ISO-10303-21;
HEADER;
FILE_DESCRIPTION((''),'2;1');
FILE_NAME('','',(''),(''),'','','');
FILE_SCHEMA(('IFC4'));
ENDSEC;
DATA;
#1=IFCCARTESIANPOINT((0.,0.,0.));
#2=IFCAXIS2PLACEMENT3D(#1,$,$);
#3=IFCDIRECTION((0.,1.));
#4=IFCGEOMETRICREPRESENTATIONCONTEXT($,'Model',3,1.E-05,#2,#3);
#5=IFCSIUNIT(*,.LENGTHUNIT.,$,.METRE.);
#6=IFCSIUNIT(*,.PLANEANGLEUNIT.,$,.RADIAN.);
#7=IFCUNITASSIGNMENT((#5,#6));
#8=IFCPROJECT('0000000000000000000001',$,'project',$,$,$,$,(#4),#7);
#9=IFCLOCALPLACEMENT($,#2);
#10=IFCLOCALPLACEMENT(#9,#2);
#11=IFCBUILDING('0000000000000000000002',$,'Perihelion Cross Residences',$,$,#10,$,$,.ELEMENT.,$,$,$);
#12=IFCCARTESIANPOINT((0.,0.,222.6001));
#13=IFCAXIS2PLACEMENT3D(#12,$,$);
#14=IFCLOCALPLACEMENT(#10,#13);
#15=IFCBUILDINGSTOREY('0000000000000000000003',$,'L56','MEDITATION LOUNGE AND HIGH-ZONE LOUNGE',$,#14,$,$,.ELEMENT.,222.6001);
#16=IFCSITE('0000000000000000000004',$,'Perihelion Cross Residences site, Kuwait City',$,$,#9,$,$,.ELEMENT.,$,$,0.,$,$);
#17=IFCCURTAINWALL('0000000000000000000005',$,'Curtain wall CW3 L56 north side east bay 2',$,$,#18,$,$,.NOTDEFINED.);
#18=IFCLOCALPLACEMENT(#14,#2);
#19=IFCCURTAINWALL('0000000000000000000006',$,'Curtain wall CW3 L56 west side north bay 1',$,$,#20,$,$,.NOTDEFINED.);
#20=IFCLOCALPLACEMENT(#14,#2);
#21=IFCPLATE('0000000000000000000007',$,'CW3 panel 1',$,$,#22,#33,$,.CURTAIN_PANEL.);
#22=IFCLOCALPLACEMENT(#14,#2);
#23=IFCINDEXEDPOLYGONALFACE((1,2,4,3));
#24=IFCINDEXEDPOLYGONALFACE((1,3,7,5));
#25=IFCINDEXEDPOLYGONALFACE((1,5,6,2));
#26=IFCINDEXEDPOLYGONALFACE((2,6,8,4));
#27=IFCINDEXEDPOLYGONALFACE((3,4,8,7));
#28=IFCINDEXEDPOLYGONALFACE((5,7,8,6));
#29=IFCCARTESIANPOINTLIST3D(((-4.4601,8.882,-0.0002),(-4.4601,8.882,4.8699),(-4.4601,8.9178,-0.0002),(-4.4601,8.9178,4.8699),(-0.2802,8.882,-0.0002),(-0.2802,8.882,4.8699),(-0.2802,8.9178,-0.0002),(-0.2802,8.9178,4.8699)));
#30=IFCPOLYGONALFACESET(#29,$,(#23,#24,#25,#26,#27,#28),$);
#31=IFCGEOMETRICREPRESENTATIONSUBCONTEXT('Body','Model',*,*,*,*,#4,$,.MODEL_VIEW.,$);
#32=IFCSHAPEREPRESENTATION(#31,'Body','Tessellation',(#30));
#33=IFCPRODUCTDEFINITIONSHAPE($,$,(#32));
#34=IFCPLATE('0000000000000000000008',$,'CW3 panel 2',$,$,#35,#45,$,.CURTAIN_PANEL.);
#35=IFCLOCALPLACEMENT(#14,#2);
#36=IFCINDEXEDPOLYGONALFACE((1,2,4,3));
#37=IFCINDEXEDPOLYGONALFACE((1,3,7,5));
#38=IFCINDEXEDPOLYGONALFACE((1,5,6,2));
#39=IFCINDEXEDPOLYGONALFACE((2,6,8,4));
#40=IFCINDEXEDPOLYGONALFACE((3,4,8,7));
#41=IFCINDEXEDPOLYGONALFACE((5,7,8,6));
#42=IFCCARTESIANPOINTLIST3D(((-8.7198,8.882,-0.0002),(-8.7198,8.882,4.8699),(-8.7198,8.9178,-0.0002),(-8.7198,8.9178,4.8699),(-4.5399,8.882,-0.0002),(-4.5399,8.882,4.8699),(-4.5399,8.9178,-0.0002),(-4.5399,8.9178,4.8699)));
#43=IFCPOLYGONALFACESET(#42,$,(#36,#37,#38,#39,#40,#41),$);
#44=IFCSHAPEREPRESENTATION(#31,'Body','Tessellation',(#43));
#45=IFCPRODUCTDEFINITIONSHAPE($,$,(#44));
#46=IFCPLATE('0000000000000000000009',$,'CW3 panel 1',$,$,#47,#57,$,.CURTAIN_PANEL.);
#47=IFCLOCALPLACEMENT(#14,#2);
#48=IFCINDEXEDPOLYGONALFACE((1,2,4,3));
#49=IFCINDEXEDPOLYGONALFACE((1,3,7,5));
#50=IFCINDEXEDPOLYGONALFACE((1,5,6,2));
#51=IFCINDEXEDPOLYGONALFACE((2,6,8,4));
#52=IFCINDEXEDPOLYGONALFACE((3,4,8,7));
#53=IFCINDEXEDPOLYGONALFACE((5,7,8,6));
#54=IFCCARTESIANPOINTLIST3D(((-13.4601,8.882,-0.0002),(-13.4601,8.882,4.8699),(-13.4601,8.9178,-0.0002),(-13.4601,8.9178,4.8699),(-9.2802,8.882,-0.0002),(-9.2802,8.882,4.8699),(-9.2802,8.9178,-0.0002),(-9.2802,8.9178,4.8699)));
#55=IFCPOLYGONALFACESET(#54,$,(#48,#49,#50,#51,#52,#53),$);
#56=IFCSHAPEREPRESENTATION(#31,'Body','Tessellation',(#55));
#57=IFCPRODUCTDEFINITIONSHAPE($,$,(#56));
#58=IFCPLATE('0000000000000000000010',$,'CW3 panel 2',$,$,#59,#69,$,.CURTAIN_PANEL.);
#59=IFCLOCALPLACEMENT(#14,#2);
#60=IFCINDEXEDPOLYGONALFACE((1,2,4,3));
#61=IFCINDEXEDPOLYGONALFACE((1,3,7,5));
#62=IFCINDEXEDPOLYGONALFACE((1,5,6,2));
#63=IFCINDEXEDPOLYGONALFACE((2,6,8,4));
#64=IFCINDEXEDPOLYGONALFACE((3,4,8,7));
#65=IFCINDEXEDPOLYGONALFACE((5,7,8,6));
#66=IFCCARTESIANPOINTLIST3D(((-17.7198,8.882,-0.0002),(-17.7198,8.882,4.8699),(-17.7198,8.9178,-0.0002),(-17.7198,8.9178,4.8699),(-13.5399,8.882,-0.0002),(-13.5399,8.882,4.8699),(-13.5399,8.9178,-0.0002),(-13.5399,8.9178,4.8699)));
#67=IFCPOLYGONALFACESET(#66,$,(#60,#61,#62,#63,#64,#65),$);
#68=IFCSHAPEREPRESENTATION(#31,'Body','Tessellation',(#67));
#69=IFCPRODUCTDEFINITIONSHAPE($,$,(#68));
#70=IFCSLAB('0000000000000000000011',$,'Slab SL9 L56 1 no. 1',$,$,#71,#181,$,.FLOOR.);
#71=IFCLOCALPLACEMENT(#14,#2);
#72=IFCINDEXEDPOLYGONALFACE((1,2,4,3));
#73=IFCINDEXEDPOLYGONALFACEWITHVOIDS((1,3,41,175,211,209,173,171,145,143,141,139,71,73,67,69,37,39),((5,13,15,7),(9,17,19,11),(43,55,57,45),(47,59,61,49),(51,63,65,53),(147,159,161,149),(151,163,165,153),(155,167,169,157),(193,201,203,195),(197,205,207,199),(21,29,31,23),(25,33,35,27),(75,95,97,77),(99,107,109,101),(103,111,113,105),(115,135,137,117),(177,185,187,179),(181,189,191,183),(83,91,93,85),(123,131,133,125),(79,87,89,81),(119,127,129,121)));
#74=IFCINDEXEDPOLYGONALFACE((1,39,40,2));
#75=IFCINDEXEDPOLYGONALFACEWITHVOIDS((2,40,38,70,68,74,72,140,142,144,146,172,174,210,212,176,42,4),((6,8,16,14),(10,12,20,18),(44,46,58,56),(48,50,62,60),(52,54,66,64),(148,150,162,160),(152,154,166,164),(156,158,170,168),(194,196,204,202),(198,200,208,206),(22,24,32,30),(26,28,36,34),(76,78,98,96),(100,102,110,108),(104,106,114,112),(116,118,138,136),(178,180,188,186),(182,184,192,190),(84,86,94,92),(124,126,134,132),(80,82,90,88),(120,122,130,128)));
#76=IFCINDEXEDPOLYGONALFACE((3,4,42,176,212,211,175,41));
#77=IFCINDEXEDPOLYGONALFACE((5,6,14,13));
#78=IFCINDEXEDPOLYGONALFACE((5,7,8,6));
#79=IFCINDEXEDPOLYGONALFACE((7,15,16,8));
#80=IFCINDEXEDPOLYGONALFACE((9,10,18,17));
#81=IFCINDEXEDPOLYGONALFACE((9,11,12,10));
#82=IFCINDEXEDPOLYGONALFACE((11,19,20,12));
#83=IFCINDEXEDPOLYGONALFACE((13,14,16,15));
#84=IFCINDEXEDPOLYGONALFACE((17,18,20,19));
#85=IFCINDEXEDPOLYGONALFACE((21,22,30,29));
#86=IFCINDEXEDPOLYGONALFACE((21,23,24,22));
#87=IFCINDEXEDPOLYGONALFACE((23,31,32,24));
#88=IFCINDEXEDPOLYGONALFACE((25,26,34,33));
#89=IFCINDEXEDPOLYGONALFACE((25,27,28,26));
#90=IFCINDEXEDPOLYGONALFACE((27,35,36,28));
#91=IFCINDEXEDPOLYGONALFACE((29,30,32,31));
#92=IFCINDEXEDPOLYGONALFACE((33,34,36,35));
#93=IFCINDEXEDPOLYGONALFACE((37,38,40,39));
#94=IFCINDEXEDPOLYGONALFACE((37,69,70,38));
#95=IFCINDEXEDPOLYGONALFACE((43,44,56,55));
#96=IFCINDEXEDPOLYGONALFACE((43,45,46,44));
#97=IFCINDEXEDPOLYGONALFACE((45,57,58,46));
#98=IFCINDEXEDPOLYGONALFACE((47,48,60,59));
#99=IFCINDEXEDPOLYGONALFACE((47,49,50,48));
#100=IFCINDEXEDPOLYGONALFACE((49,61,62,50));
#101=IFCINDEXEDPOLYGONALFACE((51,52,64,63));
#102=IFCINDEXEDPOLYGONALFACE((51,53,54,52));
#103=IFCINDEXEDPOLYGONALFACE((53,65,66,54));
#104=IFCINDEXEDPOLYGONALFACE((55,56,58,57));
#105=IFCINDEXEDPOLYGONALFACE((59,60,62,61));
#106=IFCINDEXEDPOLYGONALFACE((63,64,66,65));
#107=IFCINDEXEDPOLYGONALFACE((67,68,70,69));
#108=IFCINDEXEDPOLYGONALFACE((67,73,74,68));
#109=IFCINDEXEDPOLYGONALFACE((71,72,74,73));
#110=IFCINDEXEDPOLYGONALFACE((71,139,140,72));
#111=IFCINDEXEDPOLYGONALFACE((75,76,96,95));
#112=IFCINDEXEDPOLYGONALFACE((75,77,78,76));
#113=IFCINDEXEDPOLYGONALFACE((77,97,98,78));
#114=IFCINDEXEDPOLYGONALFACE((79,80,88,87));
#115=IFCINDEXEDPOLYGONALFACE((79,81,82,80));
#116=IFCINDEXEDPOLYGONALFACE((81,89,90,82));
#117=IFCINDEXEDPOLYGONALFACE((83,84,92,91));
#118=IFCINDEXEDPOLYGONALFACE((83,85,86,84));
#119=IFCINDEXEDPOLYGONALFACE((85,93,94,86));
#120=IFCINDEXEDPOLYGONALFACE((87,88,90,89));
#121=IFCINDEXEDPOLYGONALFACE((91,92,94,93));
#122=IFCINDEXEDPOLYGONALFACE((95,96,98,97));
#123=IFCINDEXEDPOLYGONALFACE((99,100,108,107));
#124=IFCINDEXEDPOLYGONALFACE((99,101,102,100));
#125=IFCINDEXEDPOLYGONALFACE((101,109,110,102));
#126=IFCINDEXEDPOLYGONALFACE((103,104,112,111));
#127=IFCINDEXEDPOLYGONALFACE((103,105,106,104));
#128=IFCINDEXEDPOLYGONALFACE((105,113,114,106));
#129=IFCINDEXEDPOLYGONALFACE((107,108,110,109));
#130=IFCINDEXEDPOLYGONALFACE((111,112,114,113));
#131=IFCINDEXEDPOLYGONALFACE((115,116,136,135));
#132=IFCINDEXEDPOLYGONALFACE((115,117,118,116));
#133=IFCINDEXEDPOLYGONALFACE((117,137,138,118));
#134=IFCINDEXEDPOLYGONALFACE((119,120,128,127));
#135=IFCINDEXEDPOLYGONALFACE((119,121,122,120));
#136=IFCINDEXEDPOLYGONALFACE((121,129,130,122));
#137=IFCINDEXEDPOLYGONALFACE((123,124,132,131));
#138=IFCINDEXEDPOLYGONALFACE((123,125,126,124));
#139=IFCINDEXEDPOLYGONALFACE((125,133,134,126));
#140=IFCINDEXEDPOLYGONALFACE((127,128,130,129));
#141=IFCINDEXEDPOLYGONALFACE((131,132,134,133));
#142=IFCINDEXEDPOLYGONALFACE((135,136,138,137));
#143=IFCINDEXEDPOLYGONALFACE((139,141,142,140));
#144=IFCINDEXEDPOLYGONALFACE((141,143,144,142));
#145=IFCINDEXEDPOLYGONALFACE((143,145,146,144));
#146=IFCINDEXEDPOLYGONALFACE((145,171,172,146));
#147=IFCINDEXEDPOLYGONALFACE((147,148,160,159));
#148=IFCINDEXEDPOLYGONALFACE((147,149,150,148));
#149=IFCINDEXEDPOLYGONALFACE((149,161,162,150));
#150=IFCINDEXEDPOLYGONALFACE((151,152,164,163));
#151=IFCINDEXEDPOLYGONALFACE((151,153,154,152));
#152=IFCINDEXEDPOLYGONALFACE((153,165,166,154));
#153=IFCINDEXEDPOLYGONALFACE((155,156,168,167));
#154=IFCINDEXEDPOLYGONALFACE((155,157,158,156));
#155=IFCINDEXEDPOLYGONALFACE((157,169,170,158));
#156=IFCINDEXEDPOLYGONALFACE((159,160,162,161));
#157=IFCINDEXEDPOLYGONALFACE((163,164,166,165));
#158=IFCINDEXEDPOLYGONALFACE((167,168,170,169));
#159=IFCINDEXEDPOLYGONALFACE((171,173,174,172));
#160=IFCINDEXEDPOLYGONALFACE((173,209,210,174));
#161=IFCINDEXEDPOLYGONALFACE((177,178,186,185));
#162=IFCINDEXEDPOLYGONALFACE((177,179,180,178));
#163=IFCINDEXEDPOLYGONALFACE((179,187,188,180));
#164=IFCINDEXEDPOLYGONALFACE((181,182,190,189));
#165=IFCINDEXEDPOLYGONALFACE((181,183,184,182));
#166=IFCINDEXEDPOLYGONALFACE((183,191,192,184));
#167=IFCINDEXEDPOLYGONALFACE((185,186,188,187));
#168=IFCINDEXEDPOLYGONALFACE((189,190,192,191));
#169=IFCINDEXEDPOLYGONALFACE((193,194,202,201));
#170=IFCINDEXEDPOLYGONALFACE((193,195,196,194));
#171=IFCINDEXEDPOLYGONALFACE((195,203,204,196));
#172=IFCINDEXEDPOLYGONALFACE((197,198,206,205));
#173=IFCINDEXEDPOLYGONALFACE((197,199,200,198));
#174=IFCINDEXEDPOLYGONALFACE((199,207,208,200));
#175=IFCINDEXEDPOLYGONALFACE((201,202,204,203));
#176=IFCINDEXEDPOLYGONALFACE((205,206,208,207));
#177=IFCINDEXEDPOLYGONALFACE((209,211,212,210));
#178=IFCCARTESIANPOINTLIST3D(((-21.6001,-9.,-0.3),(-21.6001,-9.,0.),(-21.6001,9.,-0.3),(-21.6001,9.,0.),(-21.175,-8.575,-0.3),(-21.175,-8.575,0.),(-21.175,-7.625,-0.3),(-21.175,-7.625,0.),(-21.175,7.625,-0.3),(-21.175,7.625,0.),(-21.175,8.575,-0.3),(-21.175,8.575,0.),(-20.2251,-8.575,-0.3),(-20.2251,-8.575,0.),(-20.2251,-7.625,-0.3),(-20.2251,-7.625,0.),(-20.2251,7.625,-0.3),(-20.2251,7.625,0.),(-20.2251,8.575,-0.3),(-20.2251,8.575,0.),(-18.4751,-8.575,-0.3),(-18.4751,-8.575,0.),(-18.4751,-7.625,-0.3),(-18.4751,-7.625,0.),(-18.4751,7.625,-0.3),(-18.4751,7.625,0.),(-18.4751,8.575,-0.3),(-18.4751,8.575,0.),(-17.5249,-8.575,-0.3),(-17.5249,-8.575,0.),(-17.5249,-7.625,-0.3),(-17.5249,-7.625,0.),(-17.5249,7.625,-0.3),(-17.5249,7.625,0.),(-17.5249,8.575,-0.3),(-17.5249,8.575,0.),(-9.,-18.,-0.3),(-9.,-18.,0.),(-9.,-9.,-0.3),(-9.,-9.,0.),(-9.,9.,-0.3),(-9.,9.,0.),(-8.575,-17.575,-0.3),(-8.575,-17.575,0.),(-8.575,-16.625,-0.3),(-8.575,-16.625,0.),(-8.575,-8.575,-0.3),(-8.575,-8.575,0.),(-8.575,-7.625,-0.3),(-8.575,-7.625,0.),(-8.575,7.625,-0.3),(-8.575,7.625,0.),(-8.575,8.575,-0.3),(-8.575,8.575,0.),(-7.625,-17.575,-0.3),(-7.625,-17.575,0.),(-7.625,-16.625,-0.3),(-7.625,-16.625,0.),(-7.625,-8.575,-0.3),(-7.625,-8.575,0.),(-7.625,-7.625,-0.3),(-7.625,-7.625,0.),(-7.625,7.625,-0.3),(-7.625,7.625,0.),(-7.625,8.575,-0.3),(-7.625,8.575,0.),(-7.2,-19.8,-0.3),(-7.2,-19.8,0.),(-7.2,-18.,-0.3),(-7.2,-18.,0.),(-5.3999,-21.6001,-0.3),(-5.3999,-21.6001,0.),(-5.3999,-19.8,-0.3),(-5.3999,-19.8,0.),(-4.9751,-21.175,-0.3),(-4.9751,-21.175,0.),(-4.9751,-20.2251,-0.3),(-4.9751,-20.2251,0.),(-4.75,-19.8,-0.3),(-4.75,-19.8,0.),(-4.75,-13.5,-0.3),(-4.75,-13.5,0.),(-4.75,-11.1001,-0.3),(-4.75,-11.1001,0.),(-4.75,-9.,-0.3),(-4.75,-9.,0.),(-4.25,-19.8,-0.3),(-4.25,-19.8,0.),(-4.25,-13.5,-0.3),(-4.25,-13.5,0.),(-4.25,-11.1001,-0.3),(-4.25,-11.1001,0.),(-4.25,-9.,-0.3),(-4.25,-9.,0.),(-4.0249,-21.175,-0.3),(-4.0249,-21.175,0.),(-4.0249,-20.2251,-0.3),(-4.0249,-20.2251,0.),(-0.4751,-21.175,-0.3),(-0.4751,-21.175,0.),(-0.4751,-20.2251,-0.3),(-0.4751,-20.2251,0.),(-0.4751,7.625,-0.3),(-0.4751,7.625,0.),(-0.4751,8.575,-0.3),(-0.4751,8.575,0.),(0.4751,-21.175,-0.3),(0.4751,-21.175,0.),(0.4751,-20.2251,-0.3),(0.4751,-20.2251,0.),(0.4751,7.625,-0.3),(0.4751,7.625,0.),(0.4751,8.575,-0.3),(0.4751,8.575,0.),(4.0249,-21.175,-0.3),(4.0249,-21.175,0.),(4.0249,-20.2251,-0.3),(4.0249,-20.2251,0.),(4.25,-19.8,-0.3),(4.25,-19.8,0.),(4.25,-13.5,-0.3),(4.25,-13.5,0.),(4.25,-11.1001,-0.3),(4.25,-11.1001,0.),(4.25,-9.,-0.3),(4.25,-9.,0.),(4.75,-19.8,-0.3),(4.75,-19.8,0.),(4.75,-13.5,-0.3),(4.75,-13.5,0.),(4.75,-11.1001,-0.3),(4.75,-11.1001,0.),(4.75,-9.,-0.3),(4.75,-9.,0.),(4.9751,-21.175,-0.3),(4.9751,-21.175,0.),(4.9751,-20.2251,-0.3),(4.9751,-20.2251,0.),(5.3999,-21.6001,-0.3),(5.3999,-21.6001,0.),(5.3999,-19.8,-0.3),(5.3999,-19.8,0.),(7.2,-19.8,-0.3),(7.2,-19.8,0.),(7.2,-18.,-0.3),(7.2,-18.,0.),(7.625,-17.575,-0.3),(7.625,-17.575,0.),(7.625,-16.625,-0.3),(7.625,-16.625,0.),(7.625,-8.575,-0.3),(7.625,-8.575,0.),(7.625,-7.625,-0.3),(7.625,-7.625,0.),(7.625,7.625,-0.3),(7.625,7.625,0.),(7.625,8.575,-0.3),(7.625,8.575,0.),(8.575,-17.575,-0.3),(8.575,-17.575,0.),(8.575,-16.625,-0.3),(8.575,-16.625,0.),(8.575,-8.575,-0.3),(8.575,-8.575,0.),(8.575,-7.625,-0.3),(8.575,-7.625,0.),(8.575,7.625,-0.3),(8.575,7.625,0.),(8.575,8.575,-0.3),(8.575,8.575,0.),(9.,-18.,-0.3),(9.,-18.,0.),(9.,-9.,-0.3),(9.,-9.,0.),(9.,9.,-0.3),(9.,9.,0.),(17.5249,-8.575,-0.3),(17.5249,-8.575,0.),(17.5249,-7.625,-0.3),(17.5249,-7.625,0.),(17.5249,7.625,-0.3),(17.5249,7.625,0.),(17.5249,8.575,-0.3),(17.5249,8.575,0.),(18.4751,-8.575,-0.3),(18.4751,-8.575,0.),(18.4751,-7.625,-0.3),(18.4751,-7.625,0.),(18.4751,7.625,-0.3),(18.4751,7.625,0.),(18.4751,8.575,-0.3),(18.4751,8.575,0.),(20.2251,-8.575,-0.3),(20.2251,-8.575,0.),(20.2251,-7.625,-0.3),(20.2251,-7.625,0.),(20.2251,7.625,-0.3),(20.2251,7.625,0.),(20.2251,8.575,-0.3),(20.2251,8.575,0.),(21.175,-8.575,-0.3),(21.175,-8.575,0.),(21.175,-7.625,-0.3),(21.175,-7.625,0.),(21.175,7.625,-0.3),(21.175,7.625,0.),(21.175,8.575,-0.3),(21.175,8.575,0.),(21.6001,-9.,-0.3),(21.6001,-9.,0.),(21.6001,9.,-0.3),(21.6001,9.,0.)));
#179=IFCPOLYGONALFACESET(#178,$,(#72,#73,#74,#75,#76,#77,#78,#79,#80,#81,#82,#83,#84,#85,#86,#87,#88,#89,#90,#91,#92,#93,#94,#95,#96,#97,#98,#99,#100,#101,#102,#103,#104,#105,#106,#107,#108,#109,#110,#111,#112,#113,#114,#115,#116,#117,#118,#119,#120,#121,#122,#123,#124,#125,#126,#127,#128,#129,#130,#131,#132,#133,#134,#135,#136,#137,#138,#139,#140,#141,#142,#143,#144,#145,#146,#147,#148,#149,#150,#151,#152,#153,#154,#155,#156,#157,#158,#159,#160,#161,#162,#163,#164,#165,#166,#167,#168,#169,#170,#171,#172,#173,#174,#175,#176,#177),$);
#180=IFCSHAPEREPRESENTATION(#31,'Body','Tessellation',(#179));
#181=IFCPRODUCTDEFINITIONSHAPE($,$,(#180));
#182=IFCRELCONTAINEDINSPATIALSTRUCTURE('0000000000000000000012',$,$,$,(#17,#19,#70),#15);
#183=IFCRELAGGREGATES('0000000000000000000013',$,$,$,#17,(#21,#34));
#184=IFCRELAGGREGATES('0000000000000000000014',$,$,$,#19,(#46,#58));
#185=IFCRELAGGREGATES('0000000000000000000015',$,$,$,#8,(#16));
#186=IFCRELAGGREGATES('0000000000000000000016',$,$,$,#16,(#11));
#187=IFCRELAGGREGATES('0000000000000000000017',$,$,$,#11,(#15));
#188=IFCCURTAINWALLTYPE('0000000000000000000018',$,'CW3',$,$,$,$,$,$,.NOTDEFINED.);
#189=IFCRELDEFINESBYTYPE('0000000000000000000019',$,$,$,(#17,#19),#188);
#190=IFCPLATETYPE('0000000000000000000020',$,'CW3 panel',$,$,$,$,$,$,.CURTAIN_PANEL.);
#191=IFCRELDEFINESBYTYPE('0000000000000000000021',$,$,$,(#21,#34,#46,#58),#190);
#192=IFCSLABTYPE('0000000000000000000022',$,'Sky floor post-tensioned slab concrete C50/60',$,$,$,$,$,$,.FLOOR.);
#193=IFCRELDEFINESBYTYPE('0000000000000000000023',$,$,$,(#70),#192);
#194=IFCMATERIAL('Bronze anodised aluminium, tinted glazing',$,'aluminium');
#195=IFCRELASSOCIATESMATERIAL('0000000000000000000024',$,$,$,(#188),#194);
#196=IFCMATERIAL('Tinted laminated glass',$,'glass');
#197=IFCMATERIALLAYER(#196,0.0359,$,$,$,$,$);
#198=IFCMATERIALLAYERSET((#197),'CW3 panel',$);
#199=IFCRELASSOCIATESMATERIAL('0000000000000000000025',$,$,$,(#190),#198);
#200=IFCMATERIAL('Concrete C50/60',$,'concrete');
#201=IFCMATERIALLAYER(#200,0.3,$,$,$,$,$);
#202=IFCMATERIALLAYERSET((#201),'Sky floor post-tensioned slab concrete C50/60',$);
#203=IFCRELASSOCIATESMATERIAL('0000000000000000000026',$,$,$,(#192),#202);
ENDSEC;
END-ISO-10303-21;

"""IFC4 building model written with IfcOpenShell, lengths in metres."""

from ifc_helpers import new_model, si_unit, direction, frame, origin, origin_2d, place, context, subcontext, project, spatial, polyline, rectangle, outline, extrude, material, layer, layer_set, type_object, element, aggregate, save


model = new_model("IFC4")

# Units and contexts
model_context = context("Model", 3, precision=1e-05, world=origin(), true_north=direction((0.0, 1.0)))
body_context = subcontext(model_context, "Body", "Model", "MODEL_VIEW")
ifc_project = project(units=[si_unit("LENGTHUNIT", "METRE"), si_unit("PLANEANGLEUNIT", "RADIAN")], contexts=[model_context])

# Site, building, storey
site_placement = place(None, origin())
site = spatial("IfcSite", under=ifc_project, at=site_placement, Name="Perihelion Cross Residences site, Kuwait City", CompositionType="ELEMENT", RefElevation=0.0)
building_placement = place(site_placement, origin())
building = spatial("IfcBuilding", under=site, at=building_placement, Name="Perihelion Cross Residences", CompositionType="ELEMENT")
storey_placement = place(building_placement, frame((0.0, 0.0, 222.6001)))
storey = spatial("IfcBuildingStorey", under=building, at=storey_placement, Name="L56", Description="MEDITATION LOUNGE AND HIGH-ZONE LOUNGE", CompositionType="ELEMENT", Elevation=222.6001)

# Curtain walls
ifc_material_1 = material(Name="Bronze anodised aluminium, tinted glazing", Category="aluminium")
curtain_wall_type = type_object("IfcCurtainWallType", Name="CW3", PredefinedType="NOTDEFINED", material=ifc_material_1)
curtain_wall_1_placement = place(storey_placement, origin())
curtain_wall_1 = element("IfcCurtainWall", 1, at=curtain_wall_1_placement, inside=storey, type_object=curtain_wall_type, Name="Curtain wall CW3 L56 north side east bay 2", PredefinedType="NOTDEFINED")
curtain_wall_2_placement = place(storey_placement, origin())
curtain_wall_2 = element("IfcCurtainWall", 2, at=curtain_wall_2_placement, inside=storey, type_object=curtain_wall_type, Name="Curtain wall CW3 L56 west side north bay 1", PredefinedType="NOTDEFINED")

# Plates
ifc_material_2 = material(Name="Tinted laminated glass", Category="glass")
ifc_layer_1 = layer(ifc_material_2, 0.0359)
ifc_layer_set_1 = layer_set([ifc_layer_1], Name="CW3 panel")
plate_type = type_object("IfcPlateType", Name="CW3 panel", PredefinedType="CURTAIN_PANEL", material=ifc_layer_set_1)
plate_1_placement = place(storey_placement, frame((-2.3701, 8.8999, -0.0002), z_axis=(0.0, 0.0, 1.0), x_axis=(-1.0, 0.0, 0.0)))
plate_1 = element("IfcPlate", 3, at=plate_1_placement, type_object=plate_type, Name="CW3 panel 1", PredefinedType="CURTAIN_PANEL", context=body_context, shape_type="SweptSolid", body=[
    extrude(rectangle(XDim=4.1799, YDim=0.0359, at=origin_2d()), origin(), (0.0, 0.0, 1.0), 4.8701),
])
plate_2_placement = place(storey_placement, frame((-6.6299, 8.8999, -0.0002), z_axis=(0.0, 0.0, 1.0), x_axis=(-1.0, 0.0, 0.0)))
plate_2 = element("IfcPlate", 4, at=plate_2_placement, type_object=plate_type, Name="CW3 panel 2", PredefinedType="CURTAIN_PANEL", context=body_context, shape_type="SweptSolid", body=[
    extrude(rectangle(XDim=4.1799, YDim=0.0359, at=origin_2d()), origin(), (0.0, 0.0, 1.0), 4.8701),
])
aggregate(curtain_wall_1, [plate_1, plate_2])
plate_3_placement = place(storey_placement, frame((-11.3701, 8.8999, -0.0002), z_axis=(0.0, 0.0, 1.0), x_axis=(-1.0, 0.0, 0.0)))
plate_3 = element("IfcPlate", 5, at=plate_3_placement, type_object=plate_type, Name="CW3 panel 1", PredefinedType="CURTAIN_PANEL", context=body_context, shape_type="SweptSolid", body=[
    extrude(rectangle(XDim=4.1799, YDim=0.0359, at=origin_2d()), origin(), (0.0, 0.0, 1.0), 4.8701),
])
plate_4_placement = place(storey_placement, frame((-15.6299, 8.8999, -0.0002), z_axis=(0.0, 0.0, 1.0), x_axis=(-1.0, 0.0, 0.0)))
plate_4 = element("IfcPlate", 6, at=plate_4_placement, type_object=plate_type, Name="CW3 panel 2", PredefinedType="CURTAIN_PANEL", context=body_context, shape_type="SweptSolid", body=[
    extrude(rectangle(XDim=4.1799, YDim=0.0359, at=origin_2d()), origin(), (0.0, 0.0, 1.0), 4.8701),
])
aggregate(curtain_wall_2, [plate_3, plate_4])

# Slab
ifc_material_3 = material(Name="Concrete C50/60", Category="concrete")
ifc_layer_2 = layer(ifc_material_3, 0.3)
ifc_layer_set_2 = layer_set([ifc_layer_2], Name="Sky floor post-tensioned slab concrete C50/60")
slab_type = type_object("IfcSlabType", Name="Sky floor post-tensioned slab concrete C50/60", PredefinedType="FLOOR", material=ifc_layer_set_2)
slab_placement = place(storey_placement, frame((0.0, 0.0, -0.3)))
element("IfcSlab", 7, at=slab_placement, inside=storey, type_object=slab_type, Name="Slab SL9 L56 1 no. 1", PredefinedType="FLOOR", context=body_context, shape_type="SweptSolid", body=[
    extrude(outline(polyline([(-9.0, 9.0), (9.0, 9.0), (21.6001, 9.0), (21.6001, -9.0), (9.0, -9.0), (9.0, -18.0), (7.2, -18.0), (7.2, -19.8), (5.3999, -19.8), (5.3999, -21.6001), (-5.3999, -21.6001), (-5.3999, -19.8), (-7.2, -19.8), (-7.2, -18.0), (-9.0, -18.0), (-9.0, -9.0), (-21.6001, -9.0), (-21.6001, 9.0), (-9.0, 9.0)]), holes=[polyline([(-4.0249, -20.2251), (-4.9751, -20.2251), (-4.9751, -21.175), (-4.0249, -21.175), (-4.0249, -20.2251)]), polyline([(0.4751, -21.175), (0.4751, -20.2251), (-0.4751, -20.2251), (-0.4751, -21.175), (0.4751, -21.175)]), polyline([(-7.625, -17.575), (-7.625, -16.625), (-8.575, -16.625), (-8.575, -17.575), (-7.625, -17.575)]), polyline([(-4.25, -13.5), (-4.75, -13.5), (-4.75, -19.8), (-4.25, -19.8), (-4.25, -13.5)]), polyline([(-4.25, -11.1001), (-4.25, -9.0), (-4.75, -9.0), (-4.75, -11.1001), (-4.25, -11.1001)]), polyline([(-20.2251, -8.575), (-20.2251, -7.625), (-21.175, -7.625), (-21.175, -8.575), (-20.2251, -8.575)]), polyline([(-17.5249, -7.625), (-18.4751, -7.625), (-18.4751, -8.575), (-17.5249, -8.575), (-17.5249, -7.625)]), polyline([(-7.625, -8.575), (-7.625, -7.625), (-8.575, -7.625), (-8.575, -8.575), (-7.625, -8.575)]), polyline([(-20.2251, 8.575), (-21.175, 8.575), (-21.175, 7.625), (-20.2251, 7.625), (-20.2251, 8.575)]), polyline([(-17.5249, 7.625), (-17.5249, 8.575), (-18.4751, 8.575), (-18.4751, 7.625), (-17.5249, 7.625)]), polyline([(-7.625, 7.625), (-7.625, 8.575), (-8.575, 8.575), (-8.575, 7.625), (-7.625, 7.625)]), polyline([(4.9751, -20.2251), (4.0249, -20.2251), (4.0249, -21.175), (4.9751, -21.175), (4.9751, -20.2251)]), polyline([(8.575, -17.575), (8.575, -16.625), (7.625, -16.625), (7.625, -17.575), (8.575, -17.575)]), polyline([(4.75, -19.8), (4.75, -13.5), (4.25, -13.5), (4.25, -19.8), (4.75, -19.8)]), polyline([(4.75, -9.0), (4.25, -9.0), (4.25, -11.1001), (4.75, -11.1001), (4.75, -9.0)]), polyline([(8.575, -8.575), (8.575, -7.625), (7.625, -7.625), (7.625, -8.575), (8.575, -8.575)]), polyline([(18.4751, -8.575), (18.4751, -7.625), (17.5249, -7.625), (17.5249, -8.575), (18.4751, -8.575)]), polyline([(21.175, -7.625), (20.2251, -7.625), (20.2251, -8.575), (21.175, -8.575), (21.175, -7.625)]), polyline([(0.4751, 7.625), (0.4751, 8.575), (-0.4751, 8.575), (-0.4751, 7.625), (0.4751, 7.625)]), polyline([(8.575, 8.575), (7.625, 8.575), (7.625, 7.625), (8.575, 7.625), (8.575, 8.575)]), polyline([(18.4751, 7.625), (18.4751, 8.575), (17.5249, 8.575), (17.5249, 7.625), (18.4751, 7.625)]), polyline([(21.175, 7.625), (21.175, 8.575), (20.2251, 8.575), (20.2251, 7.625), (21.175, 7.625)])]), origin(), (0.0, 0.0, 1.0), 0.3),
])

save(model, "model.ifc")
